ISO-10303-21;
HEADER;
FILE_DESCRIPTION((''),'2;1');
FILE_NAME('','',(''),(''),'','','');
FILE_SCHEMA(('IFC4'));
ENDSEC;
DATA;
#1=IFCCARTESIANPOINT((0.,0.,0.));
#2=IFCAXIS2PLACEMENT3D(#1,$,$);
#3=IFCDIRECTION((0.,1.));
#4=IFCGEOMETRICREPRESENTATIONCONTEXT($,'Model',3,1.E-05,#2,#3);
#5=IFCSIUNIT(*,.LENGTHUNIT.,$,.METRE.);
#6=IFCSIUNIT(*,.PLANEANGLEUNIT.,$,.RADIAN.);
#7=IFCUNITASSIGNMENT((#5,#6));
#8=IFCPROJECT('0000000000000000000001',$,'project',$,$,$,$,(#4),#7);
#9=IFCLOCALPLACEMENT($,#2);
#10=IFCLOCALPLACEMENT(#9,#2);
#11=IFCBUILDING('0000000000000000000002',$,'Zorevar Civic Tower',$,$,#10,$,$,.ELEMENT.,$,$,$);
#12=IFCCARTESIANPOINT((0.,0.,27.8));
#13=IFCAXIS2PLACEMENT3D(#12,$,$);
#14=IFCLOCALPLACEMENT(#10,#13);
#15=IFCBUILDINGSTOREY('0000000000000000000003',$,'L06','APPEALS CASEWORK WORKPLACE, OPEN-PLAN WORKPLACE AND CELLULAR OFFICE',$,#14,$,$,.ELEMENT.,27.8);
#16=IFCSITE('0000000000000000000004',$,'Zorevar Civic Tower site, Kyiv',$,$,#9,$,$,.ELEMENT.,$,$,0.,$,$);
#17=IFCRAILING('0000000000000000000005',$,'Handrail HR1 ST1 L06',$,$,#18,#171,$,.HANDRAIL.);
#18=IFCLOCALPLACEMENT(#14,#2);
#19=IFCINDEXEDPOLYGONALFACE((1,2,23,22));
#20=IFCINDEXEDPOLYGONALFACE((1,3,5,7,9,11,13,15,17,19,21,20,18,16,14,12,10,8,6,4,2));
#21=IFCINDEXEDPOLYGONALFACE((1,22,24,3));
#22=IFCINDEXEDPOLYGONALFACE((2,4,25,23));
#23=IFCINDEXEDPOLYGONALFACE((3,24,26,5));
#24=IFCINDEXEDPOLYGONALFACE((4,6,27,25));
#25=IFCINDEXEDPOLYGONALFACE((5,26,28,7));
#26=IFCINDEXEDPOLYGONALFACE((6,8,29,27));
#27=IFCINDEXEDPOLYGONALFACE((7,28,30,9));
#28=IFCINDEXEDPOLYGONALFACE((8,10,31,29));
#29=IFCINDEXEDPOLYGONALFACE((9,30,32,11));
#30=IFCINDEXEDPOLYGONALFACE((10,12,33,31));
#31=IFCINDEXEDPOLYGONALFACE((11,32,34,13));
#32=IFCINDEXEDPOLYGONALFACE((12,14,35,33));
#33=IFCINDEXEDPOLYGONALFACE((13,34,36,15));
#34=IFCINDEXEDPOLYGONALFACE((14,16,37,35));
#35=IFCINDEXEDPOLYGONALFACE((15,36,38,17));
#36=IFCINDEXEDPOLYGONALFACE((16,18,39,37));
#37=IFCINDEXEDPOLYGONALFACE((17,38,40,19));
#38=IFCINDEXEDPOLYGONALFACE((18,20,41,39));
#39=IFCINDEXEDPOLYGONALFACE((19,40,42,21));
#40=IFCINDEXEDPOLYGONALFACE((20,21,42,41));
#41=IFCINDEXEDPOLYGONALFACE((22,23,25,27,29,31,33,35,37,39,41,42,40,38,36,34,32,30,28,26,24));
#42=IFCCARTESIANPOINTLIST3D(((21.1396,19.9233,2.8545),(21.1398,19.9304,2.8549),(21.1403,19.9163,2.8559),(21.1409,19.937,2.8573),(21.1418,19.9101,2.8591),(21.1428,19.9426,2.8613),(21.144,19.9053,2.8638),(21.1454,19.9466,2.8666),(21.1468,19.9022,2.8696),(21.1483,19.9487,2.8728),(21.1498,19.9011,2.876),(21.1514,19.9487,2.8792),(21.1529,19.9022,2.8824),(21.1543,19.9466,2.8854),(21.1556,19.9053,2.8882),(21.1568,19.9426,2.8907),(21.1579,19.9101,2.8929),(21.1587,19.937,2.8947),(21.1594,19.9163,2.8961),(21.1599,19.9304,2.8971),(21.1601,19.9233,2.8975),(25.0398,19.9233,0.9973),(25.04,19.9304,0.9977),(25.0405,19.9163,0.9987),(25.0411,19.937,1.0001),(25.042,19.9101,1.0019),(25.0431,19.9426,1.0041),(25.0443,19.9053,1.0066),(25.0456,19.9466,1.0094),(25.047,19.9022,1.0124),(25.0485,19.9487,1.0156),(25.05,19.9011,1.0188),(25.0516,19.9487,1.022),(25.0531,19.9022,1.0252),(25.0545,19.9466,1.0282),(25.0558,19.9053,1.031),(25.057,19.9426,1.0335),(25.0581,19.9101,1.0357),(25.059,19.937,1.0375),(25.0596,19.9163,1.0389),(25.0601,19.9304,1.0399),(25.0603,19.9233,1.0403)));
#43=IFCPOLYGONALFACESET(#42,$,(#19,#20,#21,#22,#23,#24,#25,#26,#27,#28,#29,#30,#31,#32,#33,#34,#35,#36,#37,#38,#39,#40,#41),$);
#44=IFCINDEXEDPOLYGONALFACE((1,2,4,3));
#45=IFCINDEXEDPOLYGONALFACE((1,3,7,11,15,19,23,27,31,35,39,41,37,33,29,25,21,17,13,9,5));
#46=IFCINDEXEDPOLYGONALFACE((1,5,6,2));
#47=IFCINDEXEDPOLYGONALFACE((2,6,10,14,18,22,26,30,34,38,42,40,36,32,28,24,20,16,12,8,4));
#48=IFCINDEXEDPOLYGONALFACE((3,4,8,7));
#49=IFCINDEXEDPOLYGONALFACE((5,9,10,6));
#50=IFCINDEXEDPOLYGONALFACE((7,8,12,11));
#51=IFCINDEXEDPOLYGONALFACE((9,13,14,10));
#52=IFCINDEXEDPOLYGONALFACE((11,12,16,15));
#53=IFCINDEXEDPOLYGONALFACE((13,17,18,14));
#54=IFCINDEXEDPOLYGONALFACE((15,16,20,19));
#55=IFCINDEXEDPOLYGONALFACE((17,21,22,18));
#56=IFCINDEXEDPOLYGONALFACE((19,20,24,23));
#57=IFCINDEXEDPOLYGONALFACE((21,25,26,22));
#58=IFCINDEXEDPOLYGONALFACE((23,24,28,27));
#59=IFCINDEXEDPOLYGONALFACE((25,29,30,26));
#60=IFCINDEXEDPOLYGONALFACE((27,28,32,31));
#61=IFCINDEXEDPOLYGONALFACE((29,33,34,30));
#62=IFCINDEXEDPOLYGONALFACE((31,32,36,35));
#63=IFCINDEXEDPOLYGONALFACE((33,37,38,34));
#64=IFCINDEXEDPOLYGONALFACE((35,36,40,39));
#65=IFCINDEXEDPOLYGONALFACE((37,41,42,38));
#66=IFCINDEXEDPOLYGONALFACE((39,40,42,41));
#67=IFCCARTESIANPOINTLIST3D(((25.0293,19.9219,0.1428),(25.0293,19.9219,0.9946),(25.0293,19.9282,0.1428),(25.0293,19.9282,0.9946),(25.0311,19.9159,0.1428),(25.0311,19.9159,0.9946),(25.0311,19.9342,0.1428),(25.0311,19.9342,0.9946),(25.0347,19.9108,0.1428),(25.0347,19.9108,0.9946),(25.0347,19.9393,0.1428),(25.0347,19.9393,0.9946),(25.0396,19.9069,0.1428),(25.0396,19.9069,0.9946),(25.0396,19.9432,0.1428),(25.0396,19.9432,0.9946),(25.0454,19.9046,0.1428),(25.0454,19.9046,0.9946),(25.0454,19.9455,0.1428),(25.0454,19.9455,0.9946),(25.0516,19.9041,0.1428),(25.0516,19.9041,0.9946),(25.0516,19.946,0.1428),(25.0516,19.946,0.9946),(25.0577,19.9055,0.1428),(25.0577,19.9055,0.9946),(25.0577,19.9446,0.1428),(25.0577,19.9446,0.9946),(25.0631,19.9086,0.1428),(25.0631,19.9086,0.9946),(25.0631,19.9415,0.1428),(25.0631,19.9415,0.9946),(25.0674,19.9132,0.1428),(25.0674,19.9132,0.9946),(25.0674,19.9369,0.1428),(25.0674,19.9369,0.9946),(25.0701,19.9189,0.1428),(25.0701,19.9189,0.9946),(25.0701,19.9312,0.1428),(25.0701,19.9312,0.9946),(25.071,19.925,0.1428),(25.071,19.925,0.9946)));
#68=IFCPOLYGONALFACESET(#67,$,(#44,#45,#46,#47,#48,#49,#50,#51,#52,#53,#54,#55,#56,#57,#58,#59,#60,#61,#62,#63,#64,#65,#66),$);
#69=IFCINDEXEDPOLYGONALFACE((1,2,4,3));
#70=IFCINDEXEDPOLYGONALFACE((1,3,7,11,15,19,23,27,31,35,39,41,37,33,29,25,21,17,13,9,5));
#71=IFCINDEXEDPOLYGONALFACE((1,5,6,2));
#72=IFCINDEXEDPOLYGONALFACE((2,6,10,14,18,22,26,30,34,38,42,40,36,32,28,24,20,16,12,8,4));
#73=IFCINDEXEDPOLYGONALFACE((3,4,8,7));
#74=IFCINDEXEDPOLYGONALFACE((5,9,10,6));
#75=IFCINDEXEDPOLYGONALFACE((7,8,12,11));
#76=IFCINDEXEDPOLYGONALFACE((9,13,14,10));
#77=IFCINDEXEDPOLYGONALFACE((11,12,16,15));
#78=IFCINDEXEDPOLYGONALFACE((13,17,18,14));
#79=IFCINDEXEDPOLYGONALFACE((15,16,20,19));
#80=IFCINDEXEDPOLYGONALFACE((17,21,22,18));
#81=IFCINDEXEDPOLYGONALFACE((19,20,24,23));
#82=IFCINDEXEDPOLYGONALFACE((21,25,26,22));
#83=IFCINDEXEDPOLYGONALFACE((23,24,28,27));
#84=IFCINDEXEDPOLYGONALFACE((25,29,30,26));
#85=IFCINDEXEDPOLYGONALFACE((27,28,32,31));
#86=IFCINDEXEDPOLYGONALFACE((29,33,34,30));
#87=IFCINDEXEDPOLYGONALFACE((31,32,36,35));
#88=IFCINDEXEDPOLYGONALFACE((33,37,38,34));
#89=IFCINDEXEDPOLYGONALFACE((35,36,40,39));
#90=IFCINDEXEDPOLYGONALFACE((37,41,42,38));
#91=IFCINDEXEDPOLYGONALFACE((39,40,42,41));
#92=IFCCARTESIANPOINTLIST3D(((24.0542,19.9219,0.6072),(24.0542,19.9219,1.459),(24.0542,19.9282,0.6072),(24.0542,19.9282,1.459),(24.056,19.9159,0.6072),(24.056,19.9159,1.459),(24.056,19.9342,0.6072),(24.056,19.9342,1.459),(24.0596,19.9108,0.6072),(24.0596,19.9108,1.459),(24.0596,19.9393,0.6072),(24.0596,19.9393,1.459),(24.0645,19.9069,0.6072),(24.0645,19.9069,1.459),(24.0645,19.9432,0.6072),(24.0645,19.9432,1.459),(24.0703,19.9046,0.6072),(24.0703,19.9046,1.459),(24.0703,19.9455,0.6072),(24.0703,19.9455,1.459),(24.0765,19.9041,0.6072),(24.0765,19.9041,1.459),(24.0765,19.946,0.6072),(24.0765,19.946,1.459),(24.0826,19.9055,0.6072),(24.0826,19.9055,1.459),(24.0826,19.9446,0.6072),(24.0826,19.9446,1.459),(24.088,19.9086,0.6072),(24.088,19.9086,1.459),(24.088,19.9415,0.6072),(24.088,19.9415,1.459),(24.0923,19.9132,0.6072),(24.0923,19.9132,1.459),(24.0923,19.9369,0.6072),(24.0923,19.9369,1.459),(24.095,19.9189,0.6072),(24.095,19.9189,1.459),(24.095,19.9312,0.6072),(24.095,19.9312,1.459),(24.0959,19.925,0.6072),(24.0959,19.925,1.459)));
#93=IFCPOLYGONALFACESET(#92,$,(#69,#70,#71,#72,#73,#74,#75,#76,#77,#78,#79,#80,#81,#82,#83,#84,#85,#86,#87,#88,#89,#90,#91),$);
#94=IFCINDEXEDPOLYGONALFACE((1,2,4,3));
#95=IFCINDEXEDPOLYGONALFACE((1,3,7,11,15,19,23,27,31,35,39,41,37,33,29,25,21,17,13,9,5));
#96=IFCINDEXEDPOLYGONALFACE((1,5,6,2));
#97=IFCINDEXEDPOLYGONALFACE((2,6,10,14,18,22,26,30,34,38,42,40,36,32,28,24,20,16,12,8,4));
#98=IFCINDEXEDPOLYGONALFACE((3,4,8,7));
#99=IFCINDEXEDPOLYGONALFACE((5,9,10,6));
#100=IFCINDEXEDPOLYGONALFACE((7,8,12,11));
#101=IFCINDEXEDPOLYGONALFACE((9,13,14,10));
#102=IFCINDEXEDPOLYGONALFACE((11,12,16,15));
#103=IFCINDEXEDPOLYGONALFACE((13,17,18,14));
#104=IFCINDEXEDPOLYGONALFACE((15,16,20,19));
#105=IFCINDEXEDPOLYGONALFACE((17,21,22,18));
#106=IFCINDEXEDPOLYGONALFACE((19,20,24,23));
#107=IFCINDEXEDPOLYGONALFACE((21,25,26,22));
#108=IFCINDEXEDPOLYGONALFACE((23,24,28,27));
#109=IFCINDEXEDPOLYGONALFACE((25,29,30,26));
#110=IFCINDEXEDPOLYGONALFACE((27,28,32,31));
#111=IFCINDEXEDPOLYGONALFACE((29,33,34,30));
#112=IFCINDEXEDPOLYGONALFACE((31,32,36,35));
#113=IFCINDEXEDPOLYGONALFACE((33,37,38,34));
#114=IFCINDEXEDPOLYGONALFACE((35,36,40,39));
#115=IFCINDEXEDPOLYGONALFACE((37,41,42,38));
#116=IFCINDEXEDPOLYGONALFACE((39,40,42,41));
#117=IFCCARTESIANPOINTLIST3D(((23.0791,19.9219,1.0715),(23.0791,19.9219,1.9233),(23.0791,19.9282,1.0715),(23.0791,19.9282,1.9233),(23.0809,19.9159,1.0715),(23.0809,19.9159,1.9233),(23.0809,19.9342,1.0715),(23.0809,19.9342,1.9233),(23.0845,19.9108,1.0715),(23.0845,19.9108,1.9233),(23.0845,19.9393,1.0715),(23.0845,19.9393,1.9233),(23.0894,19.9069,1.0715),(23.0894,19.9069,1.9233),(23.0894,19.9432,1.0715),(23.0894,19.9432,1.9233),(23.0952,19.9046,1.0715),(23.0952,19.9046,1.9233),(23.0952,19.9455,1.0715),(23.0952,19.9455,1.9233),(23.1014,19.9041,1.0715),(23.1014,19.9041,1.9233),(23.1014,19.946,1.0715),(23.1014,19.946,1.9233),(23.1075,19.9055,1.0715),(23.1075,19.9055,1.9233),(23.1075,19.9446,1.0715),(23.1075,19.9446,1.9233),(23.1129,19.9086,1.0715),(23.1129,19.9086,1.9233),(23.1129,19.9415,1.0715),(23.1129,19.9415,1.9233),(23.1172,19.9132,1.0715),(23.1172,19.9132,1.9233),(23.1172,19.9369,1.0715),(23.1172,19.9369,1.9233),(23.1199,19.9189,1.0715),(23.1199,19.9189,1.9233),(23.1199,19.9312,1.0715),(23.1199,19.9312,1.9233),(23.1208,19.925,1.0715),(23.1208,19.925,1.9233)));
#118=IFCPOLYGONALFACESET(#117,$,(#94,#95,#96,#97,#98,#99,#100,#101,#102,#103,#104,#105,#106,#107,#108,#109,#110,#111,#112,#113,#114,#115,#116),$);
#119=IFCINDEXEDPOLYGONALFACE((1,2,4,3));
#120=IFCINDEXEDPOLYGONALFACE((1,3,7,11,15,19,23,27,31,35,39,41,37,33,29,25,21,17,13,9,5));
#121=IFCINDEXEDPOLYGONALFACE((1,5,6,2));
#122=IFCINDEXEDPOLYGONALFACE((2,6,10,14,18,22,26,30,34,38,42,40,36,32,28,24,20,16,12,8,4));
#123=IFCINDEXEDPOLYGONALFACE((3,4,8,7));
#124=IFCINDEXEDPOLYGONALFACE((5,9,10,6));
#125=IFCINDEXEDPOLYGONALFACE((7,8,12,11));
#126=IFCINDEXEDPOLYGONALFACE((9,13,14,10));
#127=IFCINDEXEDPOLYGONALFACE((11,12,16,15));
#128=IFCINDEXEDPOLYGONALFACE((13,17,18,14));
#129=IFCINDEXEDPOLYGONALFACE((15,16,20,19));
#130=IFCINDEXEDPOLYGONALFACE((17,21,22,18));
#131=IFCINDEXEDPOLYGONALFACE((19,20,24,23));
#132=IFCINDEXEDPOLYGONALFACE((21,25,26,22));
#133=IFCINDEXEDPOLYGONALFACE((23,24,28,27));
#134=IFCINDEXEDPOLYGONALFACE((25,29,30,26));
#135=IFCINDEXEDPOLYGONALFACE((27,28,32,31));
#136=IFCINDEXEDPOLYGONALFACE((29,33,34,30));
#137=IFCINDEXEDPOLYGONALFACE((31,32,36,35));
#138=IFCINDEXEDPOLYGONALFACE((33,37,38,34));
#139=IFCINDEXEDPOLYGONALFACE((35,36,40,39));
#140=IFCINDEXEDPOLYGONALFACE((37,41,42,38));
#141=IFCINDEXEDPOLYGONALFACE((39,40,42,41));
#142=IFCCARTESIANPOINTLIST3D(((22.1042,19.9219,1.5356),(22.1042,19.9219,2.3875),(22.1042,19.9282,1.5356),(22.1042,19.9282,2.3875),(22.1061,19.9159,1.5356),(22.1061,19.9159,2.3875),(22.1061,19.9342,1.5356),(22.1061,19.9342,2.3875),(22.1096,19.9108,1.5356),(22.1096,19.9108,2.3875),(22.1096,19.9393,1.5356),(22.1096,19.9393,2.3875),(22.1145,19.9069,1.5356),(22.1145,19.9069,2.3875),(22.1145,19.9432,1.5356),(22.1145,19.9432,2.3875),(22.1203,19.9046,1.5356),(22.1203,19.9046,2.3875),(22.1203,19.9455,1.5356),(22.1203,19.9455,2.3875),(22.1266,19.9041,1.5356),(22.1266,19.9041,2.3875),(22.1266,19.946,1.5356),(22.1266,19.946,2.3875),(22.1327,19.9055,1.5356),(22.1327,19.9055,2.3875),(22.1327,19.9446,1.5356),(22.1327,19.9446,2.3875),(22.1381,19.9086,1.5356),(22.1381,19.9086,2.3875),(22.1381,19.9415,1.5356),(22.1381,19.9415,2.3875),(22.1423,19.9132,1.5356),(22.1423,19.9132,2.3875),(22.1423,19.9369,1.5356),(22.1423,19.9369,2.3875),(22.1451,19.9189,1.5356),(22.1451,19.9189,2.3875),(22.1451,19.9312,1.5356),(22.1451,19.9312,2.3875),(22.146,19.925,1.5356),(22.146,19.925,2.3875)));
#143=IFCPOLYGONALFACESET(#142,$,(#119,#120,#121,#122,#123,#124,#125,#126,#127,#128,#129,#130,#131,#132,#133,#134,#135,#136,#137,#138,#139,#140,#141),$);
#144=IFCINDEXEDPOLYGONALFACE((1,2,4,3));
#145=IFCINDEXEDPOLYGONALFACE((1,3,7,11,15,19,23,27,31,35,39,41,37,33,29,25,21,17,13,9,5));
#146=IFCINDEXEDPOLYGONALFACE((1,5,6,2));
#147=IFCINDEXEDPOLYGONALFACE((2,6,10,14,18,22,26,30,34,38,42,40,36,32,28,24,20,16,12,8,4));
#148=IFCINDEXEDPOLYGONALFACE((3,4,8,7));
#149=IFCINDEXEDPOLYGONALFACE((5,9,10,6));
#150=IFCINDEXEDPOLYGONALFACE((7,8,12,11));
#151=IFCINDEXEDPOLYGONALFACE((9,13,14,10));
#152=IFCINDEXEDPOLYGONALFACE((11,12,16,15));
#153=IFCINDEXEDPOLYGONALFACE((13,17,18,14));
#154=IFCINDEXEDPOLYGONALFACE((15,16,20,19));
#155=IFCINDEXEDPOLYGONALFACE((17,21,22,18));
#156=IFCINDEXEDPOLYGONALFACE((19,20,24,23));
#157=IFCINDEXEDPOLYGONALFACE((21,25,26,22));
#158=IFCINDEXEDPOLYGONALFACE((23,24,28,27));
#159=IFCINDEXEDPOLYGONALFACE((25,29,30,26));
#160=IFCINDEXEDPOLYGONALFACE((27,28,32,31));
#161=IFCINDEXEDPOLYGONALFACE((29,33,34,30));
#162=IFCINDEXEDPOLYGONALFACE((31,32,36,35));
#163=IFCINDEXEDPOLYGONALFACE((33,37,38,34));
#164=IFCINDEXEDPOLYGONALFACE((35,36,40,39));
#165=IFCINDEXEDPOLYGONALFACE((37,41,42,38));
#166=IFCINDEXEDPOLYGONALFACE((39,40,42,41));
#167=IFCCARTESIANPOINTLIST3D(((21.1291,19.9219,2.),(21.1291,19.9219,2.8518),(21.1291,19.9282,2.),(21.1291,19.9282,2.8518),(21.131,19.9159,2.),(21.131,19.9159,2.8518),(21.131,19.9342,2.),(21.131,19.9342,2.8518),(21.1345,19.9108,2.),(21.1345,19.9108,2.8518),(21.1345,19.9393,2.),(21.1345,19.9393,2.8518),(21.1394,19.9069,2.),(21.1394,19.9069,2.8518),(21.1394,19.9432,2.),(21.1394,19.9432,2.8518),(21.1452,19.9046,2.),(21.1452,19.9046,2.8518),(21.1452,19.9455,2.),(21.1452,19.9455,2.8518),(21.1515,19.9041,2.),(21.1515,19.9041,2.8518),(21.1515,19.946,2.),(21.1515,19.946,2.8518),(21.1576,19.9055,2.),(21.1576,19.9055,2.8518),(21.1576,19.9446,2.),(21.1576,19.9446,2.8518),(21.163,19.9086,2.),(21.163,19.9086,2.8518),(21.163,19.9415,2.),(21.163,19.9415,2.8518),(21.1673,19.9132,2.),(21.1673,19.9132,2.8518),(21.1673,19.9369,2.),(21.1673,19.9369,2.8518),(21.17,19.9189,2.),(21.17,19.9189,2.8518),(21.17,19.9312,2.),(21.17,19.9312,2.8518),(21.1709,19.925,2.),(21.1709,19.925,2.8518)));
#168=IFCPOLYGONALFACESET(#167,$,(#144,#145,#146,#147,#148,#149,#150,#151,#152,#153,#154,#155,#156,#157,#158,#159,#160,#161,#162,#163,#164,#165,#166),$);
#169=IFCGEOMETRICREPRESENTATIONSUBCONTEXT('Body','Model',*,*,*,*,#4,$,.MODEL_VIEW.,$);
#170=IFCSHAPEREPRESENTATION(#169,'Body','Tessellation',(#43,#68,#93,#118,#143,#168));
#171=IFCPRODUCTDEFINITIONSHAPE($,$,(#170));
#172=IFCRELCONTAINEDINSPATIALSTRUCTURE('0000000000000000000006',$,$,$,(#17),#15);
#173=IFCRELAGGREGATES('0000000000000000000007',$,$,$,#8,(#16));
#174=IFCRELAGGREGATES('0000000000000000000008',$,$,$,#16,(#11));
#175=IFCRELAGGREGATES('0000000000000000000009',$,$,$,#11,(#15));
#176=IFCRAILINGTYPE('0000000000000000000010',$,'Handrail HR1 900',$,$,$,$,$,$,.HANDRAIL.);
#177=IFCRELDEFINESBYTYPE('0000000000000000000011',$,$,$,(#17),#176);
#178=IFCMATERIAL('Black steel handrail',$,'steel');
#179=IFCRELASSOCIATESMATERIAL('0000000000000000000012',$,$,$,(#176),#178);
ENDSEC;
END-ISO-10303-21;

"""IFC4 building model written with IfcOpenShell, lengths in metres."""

from ifc_helpers import new_model, si_unit, direction, frame, origin, origin_2d, place, context, subcontext, project, spatial, circle, extrude, material, type_object, element, save


model = new_model("IFC4")

# Units and contexts
model_context = context("Model", 3, precision=1e-05, world=origin(), true_north=direction((0.0, 1.0)))
body_context = subcontext(model_context, "Body", "Model", "MODEL_VIEW")
ifc_project = project(units=[si_unit("LENGTHUNIT", "METRE"), si_unit("PLANEANGLEUNIT", "RADIAN")], contexts=[model_context])

# Site, building, storey
site_placement = place(None, origin())
site = spatial("IfcSite", under=ifc_project, at=site_placement, Name="Zorevar Civic Tower site, Kyiv", CompositionType="ELEMENT", RefElevation=0.0)
building_placement = place(site_placement, origin())
building = spatial("IfcBuilding", under=site, at=building_placement, Name="Zorevar Civic Tower", CompositionType="ELEMENT")
storey_placement = place(building_placement, frame((0.0, 0.0, 27.8)))
storey = spatial("IfcBuildingStorey", under=building, at=storey_placement, Name="L06", Description="APPEALS CASEWORK WORKPLACE, OPEN-PLAN WORKPLACE AND CELLULAR OFFICE", CompositionType="ELEMENT", Elevation=27.8)

# Railing
ifc_material_1 = material(Name="Black steel handrail", Category="steel")
railing_type = type_object("IfcRailingType", Name="Handrail HR1 900", PredefinedType="HANDRAIL", material=ifc_material_1)
railing_1_placement = place(storey_placement, frame((25.05, 19.925, 0.1428)))
element("IfcRailing", 1, at=railing_1_placement, inside=storey, type_object=railing_type, Name="Handrail HR1 ST1 L06", PredefinedType="HANDRAIL", context=body_context, shape_type="SweptSolid", body=[
    extrude(circle(Radius=0.0239, at=origin_2d()), frame((0.0, 0.0, 0.876), z_axis=(-0.902864, 0.0, 0.429927), x_axis=(0.0, -1.0, 0.0)), (0.0, 0.0, 1.0), 4.3198),
    extrude(circle(Radius=0.021, at=origin_2d()), origin(), (0.0, 0.0, 1.0), 0.8518),
    extrude(circle(Radius=0.021, at=origin_2d()), frame((-0.9751, 0.0, 0.4644)), (0.0, 0.0, 1.0), 0.8518),
    extrude(circle(Radius=0.021, at=origin_2d()), frame((-1.9502, 0.0, 0.9287)), (0.0, 0.0, 1.0), 0.8518),
    extrude(circle(Radius=0.021, at=origin_2d()), frame((-2.925, 0.0, 1.3928)), (0.0, 0.0, 1.0), 0.8518),
    extrude(circle(Radius=0.021, at=origin_2d()), frame((-3.9001, 0.0, 1.8572)), (0.0, 0.0, 1.0), 0.8518),
])

save(model, "model.ifc")
